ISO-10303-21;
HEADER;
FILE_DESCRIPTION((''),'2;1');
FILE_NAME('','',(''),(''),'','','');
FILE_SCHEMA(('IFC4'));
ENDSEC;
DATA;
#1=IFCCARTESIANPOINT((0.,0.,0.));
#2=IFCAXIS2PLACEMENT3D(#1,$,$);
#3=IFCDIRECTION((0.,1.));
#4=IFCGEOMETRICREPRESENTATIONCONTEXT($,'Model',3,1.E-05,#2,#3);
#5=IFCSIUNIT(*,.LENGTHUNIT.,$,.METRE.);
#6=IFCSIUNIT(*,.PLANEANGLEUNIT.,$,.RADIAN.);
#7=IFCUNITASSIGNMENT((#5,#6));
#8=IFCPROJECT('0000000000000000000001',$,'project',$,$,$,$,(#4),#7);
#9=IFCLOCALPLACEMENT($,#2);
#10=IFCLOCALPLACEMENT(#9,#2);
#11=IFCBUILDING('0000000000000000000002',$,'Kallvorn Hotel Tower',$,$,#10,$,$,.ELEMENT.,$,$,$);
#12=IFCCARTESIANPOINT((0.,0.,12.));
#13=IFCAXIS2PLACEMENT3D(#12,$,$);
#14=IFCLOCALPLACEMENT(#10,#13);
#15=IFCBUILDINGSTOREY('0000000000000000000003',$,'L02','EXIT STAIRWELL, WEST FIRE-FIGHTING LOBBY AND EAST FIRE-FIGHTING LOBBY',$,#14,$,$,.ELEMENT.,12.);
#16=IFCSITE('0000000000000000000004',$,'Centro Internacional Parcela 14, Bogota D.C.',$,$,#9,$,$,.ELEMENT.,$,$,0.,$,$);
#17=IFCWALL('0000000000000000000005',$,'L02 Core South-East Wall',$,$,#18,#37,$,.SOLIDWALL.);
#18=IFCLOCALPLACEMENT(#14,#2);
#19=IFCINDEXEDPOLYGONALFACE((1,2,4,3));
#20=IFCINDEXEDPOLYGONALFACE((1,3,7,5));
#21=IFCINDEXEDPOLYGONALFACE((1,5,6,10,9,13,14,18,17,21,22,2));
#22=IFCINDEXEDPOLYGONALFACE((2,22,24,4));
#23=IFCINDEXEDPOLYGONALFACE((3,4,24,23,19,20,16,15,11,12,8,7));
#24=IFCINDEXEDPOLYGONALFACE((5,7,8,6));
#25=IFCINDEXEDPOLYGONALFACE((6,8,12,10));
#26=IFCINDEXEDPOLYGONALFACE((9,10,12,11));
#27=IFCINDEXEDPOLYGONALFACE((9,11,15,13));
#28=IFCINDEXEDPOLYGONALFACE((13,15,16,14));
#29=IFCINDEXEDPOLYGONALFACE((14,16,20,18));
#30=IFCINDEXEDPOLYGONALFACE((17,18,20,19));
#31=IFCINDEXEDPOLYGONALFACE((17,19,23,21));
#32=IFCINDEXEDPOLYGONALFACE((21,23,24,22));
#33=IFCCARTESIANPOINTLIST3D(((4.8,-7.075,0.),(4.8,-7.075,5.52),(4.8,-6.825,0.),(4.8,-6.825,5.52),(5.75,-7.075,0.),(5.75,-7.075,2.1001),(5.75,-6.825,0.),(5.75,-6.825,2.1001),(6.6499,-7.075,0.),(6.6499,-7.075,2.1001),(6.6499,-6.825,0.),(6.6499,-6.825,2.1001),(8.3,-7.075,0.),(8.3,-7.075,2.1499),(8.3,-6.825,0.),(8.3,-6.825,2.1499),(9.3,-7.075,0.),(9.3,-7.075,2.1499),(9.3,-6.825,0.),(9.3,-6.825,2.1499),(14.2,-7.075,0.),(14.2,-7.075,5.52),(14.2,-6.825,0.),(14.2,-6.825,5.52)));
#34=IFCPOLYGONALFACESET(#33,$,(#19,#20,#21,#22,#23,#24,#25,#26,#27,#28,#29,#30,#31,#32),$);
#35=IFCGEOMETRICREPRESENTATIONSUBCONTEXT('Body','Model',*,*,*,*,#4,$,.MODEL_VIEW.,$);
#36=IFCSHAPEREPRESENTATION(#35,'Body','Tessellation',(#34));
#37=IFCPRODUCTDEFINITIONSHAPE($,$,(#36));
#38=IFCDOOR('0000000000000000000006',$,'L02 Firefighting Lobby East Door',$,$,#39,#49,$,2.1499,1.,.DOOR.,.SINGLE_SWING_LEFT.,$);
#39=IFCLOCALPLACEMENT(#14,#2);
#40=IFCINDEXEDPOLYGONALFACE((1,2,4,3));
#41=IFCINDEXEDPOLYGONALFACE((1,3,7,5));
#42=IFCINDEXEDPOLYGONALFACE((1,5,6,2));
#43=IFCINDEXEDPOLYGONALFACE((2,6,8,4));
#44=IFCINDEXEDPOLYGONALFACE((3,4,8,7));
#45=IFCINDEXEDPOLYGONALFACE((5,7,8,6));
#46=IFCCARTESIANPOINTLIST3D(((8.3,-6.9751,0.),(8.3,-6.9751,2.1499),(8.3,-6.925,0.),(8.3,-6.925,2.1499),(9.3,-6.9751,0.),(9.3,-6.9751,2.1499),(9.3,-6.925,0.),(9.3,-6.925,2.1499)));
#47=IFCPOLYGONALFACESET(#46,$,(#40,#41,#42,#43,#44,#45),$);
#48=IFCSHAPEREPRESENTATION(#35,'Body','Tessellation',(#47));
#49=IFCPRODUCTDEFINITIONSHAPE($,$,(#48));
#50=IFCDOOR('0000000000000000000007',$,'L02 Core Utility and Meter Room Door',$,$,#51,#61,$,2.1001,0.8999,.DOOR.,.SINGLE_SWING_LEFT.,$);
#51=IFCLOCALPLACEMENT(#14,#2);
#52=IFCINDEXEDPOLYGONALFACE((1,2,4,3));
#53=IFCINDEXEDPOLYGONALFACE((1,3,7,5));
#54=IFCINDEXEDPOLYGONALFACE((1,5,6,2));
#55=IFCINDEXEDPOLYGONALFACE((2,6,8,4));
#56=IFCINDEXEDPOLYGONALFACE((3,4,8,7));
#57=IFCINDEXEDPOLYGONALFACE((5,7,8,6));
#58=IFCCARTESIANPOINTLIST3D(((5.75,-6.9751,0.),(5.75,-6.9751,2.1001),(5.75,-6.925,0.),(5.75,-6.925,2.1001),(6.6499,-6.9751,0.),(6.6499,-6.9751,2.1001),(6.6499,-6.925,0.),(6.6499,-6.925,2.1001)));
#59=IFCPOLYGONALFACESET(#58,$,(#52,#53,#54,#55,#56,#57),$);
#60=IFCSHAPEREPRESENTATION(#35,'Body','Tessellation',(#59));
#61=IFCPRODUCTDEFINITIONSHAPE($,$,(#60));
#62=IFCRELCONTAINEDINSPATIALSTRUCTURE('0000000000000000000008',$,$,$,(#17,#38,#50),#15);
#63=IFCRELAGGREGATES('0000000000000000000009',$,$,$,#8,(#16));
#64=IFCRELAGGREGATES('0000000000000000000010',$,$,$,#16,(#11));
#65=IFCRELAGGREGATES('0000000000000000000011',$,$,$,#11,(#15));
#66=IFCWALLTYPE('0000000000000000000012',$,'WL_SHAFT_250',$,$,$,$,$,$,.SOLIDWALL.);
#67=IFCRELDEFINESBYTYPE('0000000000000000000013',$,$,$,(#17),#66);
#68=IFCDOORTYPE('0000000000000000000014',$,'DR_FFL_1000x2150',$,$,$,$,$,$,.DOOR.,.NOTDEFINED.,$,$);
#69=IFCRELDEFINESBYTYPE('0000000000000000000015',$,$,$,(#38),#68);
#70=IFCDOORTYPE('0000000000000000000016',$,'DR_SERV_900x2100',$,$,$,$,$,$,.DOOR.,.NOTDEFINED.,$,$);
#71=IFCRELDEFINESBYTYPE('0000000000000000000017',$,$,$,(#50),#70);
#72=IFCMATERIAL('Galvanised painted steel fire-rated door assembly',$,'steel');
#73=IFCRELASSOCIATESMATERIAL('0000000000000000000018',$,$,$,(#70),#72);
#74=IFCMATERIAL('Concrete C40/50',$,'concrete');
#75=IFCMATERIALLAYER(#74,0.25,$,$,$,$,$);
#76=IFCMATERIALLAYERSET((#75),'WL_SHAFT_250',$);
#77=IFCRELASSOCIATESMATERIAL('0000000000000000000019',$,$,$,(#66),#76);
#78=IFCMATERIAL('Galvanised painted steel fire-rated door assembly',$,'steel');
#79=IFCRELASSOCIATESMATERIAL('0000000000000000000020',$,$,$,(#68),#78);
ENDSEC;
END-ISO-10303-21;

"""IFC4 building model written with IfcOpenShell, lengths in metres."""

from ifc_helpers import new_model, si_unit, direction, frame, frame_2d, origin, place, context, subcontext, project, spatial, rectangle, extrude, material, layer, layer_set, type_object, element, fill, save


model = new_model("IFC4")

# Units and contexts
model_context = context("Model", 3, precision=1e-05, world=origin(), true_north=direction((0.0, 1.0)))
body_context = subcontext(model_context, "Body", "Model", "MODEL_VIEW")
ifc_project = project(units=[si_unit("LENGTHUNIT", "METRE"), si_unit("PLANEANGLEUNIT", "RADIAN")], contexts=[model_context])

# Site, building, storey
site_placement = place(None, origin())
site = spatial("IfcSite", under=ifc_project, at=site_placement, Name="Centro Internacional Parcela 14, Bogota D.C.", CompositionType="ELEMENT", RefElevation=0.0)
building_placement = place(site_placement, origin())
building = spatial("IfcBuilding", under=site, at=building_placement, Name="Kallvorn Hotel Tower", CompositionType="ELEMENT")
storey_placement = place(building_placement, frame((0.0, 0.0, 12.0)))
storey = spatial("IfcBuildingStorey", under=building, at=storey_placement, Name="L02", Description="EXIT STAIRWELL, WEST FIRE-FIGHTING LOBBY AND EAST FIRE-FIGHTING LOBBY", CompositionType="ELEMENT", Elevation=12.0)

# Shared definitions
ifc_material_1 = material(Name="Galvanised painted steel fire-rated door assembly", Category="steel")
door_type_1 = type_object("IfcDoorType", Name="DR_SERV_900x2100", OperationType="NOTDEFINED", PredefinedType="DOOR", material=ifc_material_1)

# Wall, openings, doors
ifc_material_2 = material(Name="Concrete C40/50", Category="concrete")
ifc_layer_1 = layer(ifc_material_2, 0.25)
ifc_layer_set_1 = layer_set([ifc_layer_1], Name="WL_SHAFT_250")
wall_type_1 = type_object("IfcWallType", Name="WL_SHAFT_250", PredefinedType="SOLIDWALL", material=ifc_layer_set_1)
wall_1_placement = place(storey_placement, frame((4.8, -6.95, 0.0), z_axis=(0.0, 0.0, 1.0), x_axis=(1.0, 0.0, 0.0)))
wall_1 = element("IfcWall", 1, at=wall_1_placement, inside=storey, type_object=wall_type_1, Name="L02 Core South-East Wall", PredefinedType="SOLIDWALL", context=body_context, shape_type="SweptSolid", body=[
    extrude(rectangle(XDim=9.3999, YDim=0.25, at=frame_2d((4.7, 0.0))), origin(), (0.0, 0.0, 1.0), 5.52),
])
opening_1_placement = place(wall_1_placement, frame((3.5, 0.0, 0.0)))
opening_1 = element("IfcOpeningElement", 2, at=opening_1_placement, cuts=wall_1, PredefinedType="OPENING", context=body_context, shape_type="SweptSolid", body=[
    extrude(rectangle(XDim=1.0, YDim=2.1499, at=frame_2d((0.5, 1.075))), frame((0.0, 0.1399, 0.0), z_axis=(0.0, -1.0, 0.0), x_axis=(1.0, 0.0, 0.0)), (0.0, 0.0, 1.0), 0.28),
])
opening_2_placement = place(wall_1_placement, frame((0.95, 0.0, 0.0)))
opening_2 = element("IfcOpeningElement", 3, at=opening_2_placement, cuts=wall_1, PredefinedType="OPENING", context=body_context, shape_type="SweptSolid", body=[
    extrude(rectangle(XDim=0.8999, YDim=2.1001, at=frame_2d((0.45, 1.05))), frame((0.0, 0.1399, 0.0), z_axis=(0.0, -1.0, 0.0), x_axis=(1.0, 0.0, 0.0)), (0.0, 0.0, 1.0), 0.28),
])
ifc_material_3 = material(Name="Galvanised painted steel fire-rated door assembly", Category="steel")
door_type_2 = type_object("IfcDoorType", Name="DR_FFL_1000x2150", OperationType="NOTDEFINED", PredefinedType="DOOR", material=ifc_material_3)
door_1_placement = place(opening_1_placement, origin())
door_1 = element("IfcDoor", 4, at=door_1_placement, inside=storey, type_object=door_type_2, Name="L02 Firefighting Lobby East Door", OperationType="SINGLE_SWING_LEFT", OverallHeight=2.1499, OverallWidth=1.0, PredefinedType="DOOR", context=body_context, shape_type="SweptSolid", body=[
    extrude(rectangle(XDim=1.0, YDim=2.1499, at=frame_2d((0.5, 1.075))), frame((0.0, 0.0249, 0.0), z_axis=(0.0, -1.0, 0.0), x_axis=(1.0, 0.0, 0.0)), (0.0, 0.0, 1.0), 0.05),
])
fill(opening_1, door_1)
door_2_placement = place(opening_2_placement, origin())
door_2 = element("IfcDoor", 5, at=door_2_placement, inside=storey, type_object=door_type_1, Name="L02 Core Utility and Meter Room Door", OperationType="SINGLE_SWING_LEFT", OverallHeight=2.1001, OverallWidth=0.8999, PredefinedType="DOOR", context=body_context, shape_type="SweptSolid", body=[
    extrude(rectangle(XDim=0.8999, YDim=2.1001, at=frame_2d((0.45, 1.05))), frame((0.0, 0.0249, 0.0), z_axis=(0.0, -1.0, 0.0), x_axis=(1.0, 0.0, 0.0)), (0.0, 0.0, 1.0), 0.05),
])
fill(opening_2, door_2)

save(model, "model.ifc")
